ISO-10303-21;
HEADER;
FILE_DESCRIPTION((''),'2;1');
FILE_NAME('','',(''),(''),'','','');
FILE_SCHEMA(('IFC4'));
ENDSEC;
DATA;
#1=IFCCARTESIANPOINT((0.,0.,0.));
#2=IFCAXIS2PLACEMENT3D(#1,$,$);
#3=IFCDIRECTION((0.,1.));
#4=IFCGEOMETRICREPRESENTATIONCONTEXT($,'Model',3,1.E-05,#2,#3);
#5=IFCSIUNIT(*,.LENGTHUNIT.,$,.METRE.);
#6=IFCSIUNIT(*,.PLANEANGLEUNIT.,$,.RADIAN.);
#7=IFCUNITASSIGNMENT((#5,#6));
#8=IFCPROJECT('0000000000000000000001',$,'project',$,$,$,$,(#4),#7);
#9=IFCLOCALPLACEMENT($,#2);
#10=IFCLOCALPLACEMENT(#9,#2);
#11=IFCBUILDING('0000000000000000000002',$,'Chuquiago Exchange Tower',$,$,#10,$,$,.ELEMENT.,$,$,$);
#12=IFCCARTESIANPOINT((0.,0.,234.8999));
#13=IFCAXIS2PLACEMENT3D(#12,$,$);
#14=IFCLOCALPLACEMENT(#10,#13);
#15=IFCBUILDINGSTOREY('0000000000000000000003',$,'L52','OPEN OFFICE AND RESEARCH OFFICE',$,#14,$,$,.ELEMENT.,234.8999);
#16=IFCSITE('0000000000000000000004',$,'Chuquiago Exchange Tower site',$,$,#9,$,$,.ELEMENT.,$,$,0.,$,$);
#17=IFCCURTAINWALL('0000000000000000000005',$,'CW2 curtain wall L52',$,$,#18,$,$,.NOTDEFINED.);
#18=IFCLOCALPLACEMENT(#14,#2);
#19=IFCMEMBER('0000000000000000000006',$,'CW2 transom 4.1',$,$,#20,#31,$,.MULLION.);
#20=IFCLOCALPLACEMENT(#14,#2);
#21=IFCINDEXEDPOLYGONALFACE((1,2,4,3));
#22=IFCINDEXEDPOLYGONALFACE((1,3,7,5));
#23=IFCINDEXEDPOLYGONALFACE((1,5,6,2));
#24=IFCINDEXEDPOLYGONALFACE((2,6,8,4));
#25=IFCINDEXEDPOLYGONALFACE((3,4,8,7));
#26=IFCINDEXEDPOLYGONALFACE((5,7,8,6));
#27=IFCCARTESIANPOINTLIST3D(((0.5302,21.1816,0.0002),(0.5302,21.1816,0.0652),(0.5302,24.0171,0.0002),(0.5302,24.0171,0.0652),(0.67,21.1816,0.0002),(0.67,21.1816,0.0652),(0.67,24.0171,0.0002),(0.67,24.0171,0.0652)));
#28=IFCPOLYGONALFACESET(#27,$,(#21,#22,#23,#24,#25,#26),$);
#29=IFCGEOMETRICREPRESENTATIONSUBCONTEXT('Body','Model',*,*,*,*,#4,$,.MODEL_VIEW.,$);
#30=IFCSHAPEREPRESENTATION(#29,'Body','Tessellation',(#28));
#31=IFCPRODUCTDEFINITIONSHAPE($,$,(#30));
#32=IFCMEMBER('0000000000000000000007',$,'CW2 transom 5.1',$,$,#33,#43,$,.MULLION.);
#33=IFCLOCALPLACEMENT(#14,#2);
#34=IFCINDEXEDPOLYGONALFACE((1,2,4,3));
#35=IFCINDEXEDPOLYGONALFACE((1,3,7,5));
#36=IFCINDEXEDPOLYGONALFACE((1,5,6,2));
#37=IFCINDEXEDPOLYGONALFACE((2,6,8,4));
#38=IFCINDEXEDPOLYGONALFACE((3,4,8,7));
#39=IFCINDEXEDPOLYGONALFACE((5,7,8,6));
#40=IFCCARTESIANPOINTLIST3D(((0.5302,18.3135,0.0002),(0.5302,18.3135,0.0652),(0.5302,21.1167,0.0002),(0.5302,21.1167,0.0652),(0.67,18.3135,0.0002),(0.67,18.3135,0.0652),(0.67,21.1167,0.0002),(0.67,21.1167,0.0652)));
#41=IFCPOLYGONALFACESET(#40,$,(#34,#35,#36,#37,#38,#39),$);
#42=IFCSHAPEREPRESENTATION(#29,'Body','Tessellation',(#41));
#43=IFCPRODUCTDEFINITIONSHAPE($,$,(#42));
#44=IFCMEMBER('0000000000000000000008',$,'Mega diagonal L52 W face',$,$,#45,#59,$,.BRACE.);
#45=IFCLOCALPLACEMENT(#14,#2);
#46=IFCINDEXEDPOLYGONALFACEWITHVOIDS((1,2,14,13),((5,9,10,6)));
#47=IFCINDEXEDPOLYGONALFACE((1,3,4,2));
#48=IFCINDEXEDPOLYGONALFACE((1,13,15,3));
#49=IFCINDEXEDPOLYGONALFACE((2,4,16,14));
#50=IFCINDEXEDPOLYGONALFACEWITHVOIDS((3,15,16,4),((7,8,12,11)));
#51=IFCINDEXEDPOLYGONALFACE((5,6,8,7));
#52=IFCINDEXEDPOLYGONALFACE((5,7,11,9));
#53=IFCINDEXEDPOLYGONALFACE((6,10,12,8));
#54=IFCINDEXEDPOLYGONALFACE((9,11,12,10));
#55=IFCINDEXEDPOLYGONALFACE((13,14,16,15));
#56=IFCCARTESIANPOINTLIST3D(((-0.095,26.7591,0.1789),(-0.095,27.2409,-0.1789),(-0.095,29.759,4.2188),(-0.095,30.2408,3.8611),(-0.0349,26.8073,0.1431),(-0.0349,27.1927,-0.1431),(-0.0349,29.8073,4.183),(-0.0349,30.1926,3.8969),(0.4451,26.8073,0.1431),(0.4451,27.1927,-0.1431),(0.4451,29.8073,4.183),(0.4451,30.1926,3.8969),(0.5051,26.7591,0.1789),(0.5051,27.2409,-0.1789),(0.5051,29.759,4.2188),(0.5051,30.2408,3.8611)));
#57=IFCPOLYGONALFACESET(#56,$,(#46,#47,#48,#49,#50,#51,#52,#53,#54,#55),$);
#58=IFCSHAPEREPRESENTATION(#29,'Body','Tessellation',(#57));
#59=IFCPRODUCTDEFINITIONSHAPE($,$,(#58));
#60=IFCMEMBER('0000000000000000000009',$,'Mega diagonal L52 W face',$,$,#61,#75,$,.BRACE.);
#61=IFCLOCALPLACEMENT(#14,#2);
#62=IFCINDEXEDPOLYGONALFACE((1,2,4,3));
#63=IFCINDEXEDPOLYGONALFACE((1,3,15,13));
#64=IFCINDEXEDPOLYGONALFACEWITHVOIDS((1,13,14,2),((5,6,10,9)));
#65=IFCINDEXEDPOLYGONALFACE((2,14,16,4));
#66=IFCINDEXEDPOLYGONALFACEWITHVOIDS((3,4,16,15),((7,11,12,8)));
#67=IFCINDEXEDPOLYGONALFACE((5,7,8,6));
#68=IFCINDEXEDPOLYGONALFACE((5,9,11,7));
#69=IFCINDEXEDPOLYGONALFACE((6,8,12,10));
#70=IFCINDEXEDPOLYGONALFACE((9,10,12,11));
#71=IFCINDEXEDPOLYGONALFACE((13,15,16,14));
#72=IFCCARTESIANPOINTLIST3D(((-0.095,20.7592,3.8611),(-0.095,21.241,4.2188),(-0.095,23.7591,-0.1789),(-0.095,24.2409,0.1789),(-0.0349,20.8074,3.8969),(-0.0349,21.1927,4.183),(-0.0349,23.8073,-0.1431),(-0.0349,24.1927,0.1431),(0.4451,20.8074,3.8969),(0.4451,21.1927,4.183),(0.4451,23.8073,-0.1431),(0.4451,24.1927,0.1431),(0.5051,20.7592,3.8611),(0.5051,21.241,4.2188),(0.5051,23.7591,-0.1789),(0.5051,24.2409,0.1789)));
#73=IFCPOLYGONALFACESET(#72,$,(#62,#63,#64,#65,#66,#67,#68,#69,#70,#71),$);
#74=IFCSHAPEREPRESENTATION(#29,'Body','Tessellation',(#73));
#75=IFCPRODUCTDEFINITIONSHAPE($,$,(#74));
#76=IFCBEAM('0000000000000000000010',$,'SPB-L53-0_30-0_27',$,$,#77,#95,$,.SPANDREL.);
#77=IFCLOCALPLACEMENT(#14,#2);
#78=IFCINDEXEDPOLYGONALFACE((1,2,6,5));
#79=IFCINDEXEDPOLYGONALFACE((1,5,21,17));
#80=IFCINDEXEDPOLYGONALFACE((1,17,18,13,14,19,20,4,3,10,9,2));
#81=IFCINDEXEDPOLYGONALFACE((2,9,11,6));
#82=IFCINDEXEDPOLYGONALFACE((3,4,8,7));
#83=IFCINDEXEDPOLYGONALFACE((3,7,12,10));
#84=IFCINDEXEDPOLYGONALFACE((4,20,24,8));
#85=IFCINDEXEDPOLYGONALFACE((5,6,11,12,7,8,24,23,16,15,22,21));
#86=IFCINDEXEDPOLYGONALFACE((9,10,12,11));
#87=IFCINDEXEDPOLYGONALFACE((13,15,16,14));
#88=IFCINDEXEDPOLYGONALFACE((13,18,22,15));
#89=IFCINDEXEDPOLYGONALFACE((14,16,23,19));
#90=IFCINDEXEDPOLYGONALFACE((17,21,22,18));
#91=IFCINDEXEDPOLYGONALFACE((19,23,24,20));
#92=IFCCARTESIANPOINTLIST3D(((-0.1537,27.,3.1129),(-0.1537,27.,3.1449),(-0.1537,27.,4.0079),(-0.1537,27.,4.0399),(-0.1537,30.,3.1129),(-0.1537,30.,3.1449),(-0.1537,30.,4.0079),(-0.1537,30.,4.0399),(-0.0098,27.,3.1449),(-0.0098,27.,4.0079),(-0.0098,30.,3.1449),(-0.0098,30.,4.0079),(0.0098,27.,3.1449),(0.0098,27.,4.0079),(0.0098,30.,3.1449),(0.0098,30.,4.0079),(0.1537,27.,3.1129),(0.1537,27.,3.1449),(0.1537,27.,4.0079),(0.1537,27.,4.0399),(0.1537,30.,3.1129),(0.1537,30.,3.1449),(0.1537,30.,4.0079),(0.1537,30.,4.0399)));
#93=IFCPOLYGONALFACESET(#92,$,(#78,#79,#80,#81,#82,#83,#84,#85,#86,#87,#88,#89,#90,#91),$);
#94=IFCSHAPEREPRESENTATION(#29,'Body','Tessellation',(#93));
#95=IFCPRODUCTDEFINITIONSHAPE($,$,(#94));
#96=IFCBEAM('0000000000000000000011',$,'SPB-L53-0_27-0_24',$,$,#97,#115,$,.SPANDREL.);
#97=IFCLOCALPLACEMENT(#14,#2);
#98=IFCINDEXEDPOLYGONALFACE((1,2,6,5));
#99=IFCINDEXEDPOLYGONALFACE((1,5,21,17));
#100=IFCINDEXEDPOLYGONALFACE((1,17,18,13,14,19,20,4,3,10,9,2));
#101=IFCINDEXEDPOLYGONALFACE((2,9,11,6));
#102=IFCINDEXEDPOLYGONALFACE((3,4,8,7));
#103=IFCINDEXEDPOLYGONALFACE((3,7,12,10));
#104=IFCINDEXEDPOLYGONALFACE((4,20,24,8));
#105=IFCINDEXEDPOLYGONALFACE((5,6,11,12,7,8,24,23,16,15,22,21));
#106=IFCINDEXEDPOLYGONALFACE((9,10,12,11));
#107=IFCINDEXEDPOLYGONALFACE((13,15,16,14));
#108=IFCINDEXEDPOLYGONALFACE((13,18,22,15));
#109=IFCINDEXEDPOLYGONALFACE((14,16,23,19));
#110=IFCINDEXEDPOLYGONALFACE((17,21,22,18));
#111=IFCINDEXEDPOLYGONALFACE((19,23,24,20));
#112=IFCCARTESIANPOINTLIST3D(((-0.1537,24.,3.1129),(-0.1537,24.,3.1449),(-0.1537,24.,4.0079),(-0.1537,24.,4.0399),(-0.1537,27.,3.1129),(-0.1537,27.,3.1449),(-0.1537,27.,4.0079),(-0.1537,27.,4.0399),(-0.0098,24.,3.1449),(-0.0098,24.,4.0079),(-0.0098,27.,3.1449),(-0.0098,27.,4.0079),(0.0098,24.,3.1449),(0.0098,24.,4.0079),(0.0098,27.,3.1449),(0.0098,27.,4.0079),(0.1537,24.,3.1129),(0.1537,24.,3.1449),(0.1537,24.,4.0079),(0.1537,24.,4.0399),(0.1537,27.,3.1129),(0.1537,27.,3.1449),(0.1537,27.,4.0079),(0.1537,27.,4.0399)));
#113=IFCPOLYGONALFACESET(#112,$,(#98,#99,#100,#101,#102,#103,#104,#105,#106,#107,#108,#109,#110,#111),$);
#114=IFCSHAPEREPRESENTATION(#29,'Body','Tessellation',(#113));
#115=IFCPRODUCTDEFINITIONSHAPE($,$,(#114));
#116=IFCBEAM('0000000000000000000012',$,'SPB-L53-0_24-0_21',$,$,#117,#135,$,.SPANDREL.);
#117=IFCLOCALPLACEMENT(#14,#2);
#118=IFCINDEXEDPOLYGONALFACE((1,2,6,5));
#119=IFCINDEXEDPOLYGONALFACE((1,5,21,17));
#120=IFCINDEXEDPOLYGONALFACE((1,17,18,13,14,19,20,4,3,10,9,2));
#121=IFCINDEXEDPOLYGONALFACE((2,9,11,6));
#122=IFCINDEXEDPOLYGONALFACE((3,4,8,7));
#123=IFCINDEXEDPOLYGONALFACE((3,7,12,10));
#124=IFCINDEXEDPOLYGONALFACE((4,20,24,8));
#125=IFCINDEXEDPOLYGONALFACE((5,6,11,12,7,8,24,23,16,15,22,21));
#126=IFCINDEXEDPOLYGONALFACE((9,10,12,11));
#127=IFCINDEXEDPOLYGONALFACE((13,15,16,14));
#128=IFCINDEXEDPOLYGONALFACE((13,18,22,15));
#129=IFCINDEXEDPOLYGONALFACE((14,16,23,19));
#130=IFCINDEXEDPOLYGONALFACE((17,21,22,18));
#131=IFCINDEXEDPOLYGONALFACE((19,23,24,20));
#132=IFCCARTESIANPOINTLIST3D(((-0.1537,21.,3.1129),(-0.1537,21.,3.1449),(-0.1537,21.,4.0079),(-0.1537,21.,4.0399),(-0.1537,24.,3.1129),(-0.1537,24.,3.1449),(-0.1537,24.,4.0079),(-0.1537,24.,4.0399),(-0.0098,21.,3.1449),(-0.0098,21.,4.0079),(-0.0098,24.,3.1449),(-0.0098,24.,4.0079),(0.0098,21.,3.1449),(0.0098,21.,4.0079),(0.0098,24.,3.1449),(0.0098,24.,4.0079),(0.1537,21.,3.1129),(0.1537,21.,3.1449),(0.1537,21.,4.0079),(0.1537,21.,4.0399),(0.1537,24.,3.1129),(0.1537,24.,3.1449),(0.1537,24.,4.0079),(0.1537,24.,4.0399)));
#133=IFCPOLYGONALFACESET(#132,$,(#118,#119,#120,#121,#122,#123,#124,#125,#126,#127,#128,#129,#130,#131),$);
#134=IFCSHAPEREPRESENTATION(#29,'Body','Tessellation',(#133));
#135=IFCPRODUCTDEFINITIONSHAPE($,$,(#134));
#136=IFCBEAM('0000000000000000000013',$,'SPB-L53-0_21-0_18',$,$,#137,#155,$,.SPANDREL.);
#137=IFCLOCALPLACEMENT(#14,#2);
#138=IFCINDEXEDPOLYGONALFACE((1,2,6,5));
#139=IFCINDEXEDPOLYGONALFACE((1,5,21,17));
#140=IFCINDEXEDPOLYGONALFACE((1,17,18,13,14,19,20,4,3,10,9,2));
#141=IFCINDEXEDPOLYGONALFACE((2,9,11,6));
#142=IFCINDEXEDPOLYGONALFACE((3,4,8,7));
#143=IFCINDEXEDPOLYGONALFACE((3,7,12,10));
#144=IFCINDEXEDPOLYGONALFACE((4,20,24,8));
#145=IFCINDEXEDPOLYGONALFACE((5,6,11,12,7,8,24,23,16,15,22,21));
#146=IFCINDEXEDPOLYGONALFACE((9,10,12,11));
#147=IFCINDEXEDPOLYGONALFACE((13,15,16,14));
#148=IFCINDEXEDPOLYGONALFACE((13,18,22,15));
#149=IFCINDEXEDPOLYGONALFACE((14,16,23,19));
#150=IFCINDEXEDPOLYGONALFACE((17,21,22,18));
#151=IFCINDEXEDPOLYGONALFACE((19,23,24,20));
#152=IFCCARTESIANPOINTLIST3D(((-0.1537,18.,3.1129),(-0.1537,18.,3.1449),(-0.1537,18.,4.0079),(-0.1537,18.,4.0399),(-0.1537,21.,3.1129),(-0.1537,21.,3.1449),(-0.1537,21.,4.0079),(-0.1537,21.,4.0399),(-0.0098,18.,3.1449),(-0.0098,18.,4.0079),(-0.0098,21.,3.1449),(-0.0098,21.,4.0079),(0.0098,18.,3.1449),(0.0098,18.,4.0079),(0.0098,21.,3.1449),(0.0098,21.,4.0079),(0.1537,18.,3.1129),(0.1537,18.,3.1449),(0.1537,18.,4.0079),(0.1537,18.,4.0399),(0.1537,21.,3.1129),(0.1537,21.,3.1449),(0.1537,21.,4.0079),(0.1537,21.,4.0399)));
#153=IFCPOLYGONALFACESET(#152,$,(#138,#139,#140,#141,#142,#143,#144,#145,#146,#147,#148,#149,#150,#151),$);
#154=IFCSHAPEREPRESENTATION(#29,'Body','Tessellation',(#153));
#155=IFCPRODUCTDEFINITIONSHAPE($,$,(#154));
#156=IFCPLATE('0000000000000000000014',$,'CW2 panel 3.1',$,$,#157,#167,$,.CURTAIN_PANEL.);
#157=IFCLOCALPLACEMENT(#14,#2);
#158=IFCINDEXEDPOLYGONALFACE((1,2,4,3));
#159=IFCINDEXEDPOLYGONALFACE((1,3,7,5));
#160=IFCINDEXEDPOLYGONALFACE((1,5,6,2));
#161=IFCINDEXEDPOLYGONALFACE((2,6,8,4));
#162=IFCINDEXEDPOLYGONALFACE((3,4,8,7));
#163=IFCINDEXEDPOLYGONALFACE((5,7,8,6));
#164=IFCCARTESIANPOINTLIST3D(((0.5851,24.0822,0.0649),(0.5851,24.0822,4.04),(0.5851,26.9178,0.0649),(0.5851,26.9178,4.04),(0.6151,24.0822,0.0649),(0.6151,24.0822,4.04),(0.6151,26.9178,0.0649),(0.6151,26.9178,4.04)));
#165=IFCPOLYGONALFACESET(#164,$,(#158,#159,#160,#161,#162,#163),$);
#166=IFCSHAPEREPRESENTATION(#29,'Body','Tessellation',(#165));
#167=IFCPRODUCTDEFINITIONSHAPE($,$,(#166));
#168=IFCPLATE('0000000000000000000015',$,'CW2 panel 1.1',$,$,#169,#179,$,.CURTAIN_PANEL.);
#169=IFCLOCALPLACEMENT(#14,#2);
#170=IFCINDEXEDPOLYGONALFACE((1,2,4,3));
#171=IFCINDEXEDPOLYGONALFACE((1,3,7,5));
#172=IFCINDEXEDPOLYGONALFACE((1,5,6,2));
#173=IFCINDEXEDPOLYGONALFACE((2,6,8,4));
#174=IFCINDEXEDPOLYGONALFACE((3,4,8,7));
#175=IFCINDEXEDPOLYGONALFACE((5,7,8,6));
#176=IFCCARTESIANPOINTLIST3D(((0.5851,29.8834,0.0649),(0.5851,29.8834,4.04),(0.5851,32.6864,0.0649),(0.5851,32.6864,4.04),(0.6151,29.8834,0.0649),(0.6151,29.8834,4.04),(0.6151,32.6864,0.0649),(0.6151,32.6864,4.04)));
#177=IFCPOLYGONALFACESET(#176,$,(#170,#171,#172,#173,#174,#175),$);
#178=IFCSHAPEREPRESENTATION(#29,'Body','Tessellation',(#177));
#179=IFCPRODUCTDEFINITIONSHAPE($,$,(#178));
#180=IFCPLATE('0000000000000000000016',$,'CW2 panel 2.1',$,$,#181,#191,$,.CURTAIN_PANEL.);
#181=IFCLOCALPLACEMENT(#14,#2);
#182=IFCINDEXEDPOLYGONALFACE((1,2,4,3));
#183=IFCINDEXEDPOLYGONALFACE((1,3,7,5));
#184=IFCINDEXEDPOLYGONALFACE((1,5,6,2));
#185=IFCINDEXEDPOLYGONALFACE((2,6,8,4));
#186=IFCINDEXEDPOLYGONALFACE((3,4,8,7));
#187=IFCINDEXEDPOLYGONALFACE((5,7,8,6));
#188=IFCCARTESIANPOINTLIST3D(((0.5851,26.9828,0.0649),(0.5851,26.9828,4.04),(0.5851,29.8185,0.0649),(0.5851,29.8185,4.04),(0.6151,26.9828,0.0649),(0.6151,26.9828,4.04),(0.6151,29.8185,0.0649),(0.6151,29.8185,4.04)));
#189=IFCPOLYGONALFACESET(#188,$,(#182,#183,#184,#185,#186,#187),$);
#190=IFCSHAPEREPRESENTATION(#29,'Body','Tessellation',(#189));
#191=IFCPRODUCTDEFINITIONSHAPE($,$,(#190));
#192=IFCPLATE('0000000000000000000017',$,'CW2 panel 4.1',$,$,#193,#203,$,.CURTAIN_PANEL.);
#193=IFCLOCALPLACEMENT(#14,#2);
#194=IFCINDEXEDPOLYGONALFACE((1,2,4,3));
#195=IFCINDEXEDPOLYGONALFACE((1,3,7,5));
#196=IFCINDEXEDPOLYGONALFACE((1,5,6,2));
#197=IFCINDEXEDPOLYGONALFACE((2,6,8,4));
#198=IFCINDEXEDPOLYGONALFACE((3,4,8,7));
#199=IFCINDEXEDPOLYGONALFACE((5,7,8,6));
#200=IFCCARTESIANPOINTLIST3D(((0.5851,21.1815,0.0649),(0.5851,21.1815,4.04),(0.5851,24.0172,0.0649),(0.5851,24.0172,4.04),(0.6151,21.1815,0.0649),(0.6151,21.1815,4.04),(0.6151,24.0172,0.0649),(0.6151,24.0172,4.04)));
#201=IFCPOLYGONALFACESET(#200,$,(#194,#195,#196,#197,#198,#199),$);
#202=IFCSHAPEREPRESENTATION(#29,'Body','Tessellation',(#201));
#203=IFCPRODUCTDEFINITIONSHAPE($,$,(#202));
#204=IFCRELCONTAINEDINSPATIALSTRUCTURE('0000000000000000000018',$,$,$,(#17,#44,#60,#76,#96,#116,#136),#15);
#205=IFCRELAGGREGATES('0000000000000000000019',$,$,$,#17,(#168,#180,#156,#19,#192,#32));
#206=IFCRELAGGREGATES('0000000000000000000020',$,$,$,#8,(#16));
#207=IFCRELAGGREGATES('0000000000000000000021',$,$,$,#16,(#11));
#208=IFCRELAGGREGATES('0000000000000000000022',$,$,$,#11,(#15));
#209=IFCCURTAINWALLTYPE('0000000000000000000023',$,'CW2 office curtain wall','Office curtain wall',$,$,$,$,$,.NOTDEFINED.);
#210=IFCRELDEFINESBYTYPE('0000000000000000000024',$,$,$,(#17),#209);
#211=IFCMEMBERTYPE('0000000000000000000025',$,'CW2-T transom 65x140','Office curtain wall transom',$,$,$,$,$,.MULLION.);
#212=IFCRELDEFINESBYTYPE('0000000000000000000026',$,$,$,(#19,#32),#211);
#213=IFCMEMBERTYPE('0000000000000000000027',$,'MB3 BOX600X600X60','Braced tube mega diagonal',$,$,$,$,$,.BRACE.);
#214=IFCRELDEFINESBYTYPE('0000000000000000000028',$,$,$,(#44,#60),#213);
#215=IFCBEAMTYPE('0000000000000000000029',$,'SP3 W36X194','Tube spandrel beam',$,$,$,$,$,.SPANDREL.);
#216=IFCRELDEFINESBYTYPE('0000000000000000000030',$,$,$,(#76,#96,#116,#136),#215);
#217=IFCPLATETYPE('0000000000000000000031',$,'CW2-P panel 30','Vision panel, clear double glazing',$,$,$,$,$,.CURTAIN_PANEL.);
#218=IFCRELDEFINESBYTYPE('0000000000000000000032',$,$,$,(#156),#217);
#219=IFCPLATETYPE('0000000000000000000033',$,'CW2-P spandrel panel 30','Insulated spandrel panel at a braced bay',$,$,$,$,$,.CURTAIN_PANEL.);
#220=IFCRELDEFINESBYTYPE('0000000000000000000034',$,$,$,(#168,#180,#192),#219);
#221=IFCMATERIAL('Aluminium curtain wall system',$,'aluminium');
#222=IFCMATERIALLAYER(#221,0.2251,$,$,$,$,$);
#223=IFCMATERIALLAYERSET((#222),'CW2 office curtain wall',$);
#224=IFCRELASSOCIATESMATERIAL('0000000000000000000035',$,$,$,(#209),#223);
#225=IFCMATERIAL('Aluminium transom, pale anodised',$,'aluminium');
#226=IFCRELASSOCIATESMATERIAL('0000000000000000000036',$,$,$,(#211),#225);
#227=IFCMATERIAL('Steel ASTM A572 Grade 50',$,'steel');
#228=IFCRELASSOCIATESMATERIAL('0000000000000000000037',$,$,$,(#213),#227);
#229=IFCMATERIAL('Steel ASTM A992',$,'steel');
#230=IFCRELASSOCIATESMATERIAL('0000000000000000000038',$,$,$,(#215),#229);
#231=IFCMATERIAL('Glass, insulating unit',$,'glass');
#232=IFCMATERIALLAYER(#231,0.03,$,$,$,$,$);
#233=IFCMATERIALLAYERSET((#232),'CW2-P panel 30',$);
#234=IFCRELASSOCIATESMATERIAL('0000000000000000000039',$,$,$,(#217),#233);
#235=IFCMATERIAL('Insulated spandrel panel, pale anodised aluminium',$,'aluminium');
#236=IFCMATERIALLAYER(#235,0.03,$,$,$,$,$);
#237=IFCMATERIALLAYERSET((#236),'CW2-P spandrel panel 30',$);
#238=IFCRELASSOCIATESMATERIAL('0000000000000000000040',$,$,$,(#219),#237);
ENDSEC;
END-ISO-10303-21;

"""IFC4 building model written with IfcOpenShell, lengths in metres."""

from ifc_helpers import new_model, si_unit, direction, frame, origin, origin_2d, place, context, subcontext, project, spatial, rectangle, hollow_rectangle, i_section, extrude, material, layer, layer_set, material_profile, profile_set, type_object, element, aggregate, save


model = new_model("IFC4")

# Units and contexts
model_context = context("Model", 3, precision=1e-05, world=origin(), true_north=direction((0.0, 1.0)))
body_context = subcontext(model_context, "Body", "Model", "MODEL_VIEW")
ifc_project = project(units=[si_unit("LENGTHUNIT", "METRE"), si_unit("PLANEANGLEUNIT", "RADIAN")], contexts=[model_context])

# Site, building, storey
site_placement = place(None, origin())
site = spatial("IfcSite", under=ifc_project, at=site_placement, Name="Chuquiago Exchange Tower site", CompositionType="ELEMENT", RefElevation=0.0)
building_placement = place(site_placement, origin())
building = spatial("IfcBuilding", under=site, at=building_placement, Name="Chuquiago Exchange Tower", CompositionType="ELEMENT")
storey_placement = place(building_placement, frame((0.0, 0.0, 234.8999)))
storey = spatial("IfcBuildingStorey", under=building, at=storey_placement, Name="L52", Description="OPEN OFFICE AND RESEARCH OFFICE", CompositionType="ELEMENT", Elevation=234.8999)

# Curtain wall, members
ifc_material_1 = material(Name="Aluminium curtain wall system", Category="aluminium")
ifc_layer_1 = layer(ifc_material_1, 0.2251)
ifc_layer_set_1 = layer_set([ifc_layer_1], Name="CW2 office curtain wall")
curtain_wall_type = type_object("IfcCurtainWallType", Name="CW2 office curtain wall", Description="Office curtain wall", PredefinedType="NOTDEFINED", material=ifc_layer_set_1)
curtain_wall_placement = place(storey_placement, origin())
curtain_wall = element("IfcCurtainWall", 1, at=curtain_wall_placement, inside=storey, type_object=curtain_wall_type, Name="CW2 curtain wall L52", PredefinedType="NOTDEFINED")
ifc_material_2 = material(Name="Aluminium transom, pale anodised", Category="aluminium")
ifc_material_profile_1 = material_profile(ifc_material_2, rectangle(XDim=0.1399, YDim=0.0649, at=origin_2d()), Name="AL 140x65")
ifc_profile_set_1 = profile_set([ifc_material_profile_1], Name="Aluminium transom, pale anodised")
member_type_1 = type_object("IfcMemberType", Name="CW2-T transom 65x140", Description="Office curtain wall transom", PredefinedType="MULLION", material=ifc_profile_set_1)
member_1_placement = place(storey_placement, frame((0.6001, 24.0171, 0.0327), z_axis=(0.0, -1.0, 0.0), x_axis=(1.0, 0.0, 0.0)))
member_1 = element("IfcMember", 2, at=member_1_placement, type_object=member_type_1, Name="CW2 transom 4.1", PredefinedType="MULLION", context=body_context, shape_type="SweptSolid", body=[
    extrude(rectangle(XDim=0.1399, YDim=0.0649, at=origin_2d()), origin(), (0.0, 0.0, 1.0), 2.8354),
])
member_2_placement = place(storey_placement, frame((0.6001, 21.1167, 0.0327), z_axis=(0.0, -1.0, 0.0), x_axis=(1.0, 0.0, 0.0)))
member_2 = element("IfcMember", 3, at=member_2_placement, type_object=member_type_1, Name="CW2 transom 5.1", PredefinedType="MULLION", context=body_context, shape_type="SweptSolid", body=[
    extrude(rectangle(XDim=0.1399, YDim=0.0649, at=origin_2d()), origin(), (0.0, 0.0, 1.0), 2.8032),
])

# Members
ifc_material_3 = material(Name="Steel ASTM A572 Grade 50", Category="steel")
ifc_material_profile_2 = material_profile(ifc_material_3, hollow_rectangle(XDim=0.6001, YDim=0.6001, WallThickness=0.0601, at=origin_2d()), Name="BOX600X600X60")
ifc_profile_set_2 = profile_set([ifc_material_profile_2], Name="Steel ASTM A572 Grade 50")
member_type_2 = type_object("IfcMemberType", Name="MB3 BOX600X600X60", Description="Braced tube mega diagonal", PredefinedType="BRACE", material=ifc_profile_set_2)
for number, where, z_axis, x_axis, name in (
    (4, (0.2051, 27.0, 0.0), (0.0, 0.596174, 0.802855), (-1.0, 0.0, 0.0), "Mega diagonal L52 W face"),
    (5, (0.2051, 24.0, 0.0), (0.0, -0.596174, 0.802855), (1.0, 0.0, 0.0), "Mega diagonal L52 W face"),
):
    element("IfcMember", number, at=place(storey_placement, frame(where, z_axis=z_axis, x_axis=x_axis)), inside=storey, type_object=member_type_2, Name=name, PredefinedType="BRACE", context=body_context, shape_type="SweptSolid", body=[
        extrude(hollow_rectangle(XDim=0.6001, YDim=0.6001, WallThickness=0.0601, at=origin_2d()), origin(), (0.0, 0.0, 1.0), 5.032),
    ])

# Beams
ifc_material_4 = material(Name="Steel ASTM A992", Category="steel")
ifc_material_profile_3 = material_profile(ifc_material_4, i_section(OverallWidth=0.3074, OverallDepth=0.927, WebThickness=0.0195, FlangeThickness=0.032, at=origin_2d()), Name="W36X194")
ifc_profile_set_3 = profile_set([ifc_material_profile_3], Name="Steel ASTM A992")
beam_type = type_object("IfcBeamType", Name="SP3 W36X194", Description="Tube spandrel beam", PredefinedType="SPANDREL", material=ifc_profile_set_3)
for number, where, z_axis, x_axis, name in (
    (6, (0.0, 30.0, 3.5764), (0.0, -1.0, 0.0), (1.0, 0.0, 0.0), "SPB-L53-0_30-0_27"),
    (7, (0.0, 27.0, 3.5764), (0.0, -1.0, 0.0), (1.0, 0.0, 0.0), "SPB-L53-0_27-0_24"),
    (8, (0.0, 24.0, 3.5764), (0.0, -1.0, 0.0), (1.0, 0.0, 0.0), "SPB-L53-0_24-0_21"),
    (9, (0.0, 21.0, 3.5764), (0.0, -1.0, 0.0), (1.0, 0.0, 0.0), "SPB-L53-0_21-0_18"),
):
    element("IfcBeam", number, at=place(storey_placement, frame(where, z_axis=z_axis, x_axis=x_axis)), inside=storey, type_object=beam_type, Name=name, PredefinedType="SPANDREL", context=body_context, shape_type="SweptSolid", body=[
        extrude(i_section(OverallWidth=0.3074, OverallDepth=0.927, WebThickness=0.0195, FlangeThickness=0.032, at=origin_2d()), origin(), (0.0, 0.0, 1.0), 3.0),
    ])

# Plates
ifc_material_5 = material(Name="Glass, insulating unit", Category="glass")
ifc_layer_2 = layer(ifc_material_5, 0.03)
ifc_layer_set_2 = layer_set([ifc_layer_2], Name="CW2-P panel 30")
plate_type_1 = type_object("IfcPlateType", Name="CW2-P panel 30", Description="Vision panel, clear double glazing", PredefinedType="CURTAIN_PANEL", material=ifc_layer_set_2)
plate_1_placement = place(storey_placement, frame((0.6001, 25.5, 0.0649), z_axis=(0.0, 0.0, 1.0), x_axis=(0.0, -1.0, 0.0)))
plate_1 = element("IfcPlate", 10, at=plate_1_placement, type_object=plate_type_1, Name="CW2 panel 3.1", PredefinedType="CURTAIN_PANEL", context=body_context, shape_type="SweptSolid", body=[
    extrude(rectangle(XDim=2.8357, YDim=0.03, at=origin_2d()), origin(), (0.0, 0.0, 1.0), 3.9751),
])
ifc_material_6 = material(Name="Insulated spandrel panel, pale anodised aluminium", Category="aluminium")
ifc_layer_3 = layer(ifc_material_6, 0.03)
ifc_layer_set_3 = layer_set([ifc_layer_3], Name="CW2-P spandrel panel 30")
plate_type_2 = type_object("IfcPlateType", Name="CW2-P spandrel panel 30", Description="Insulated spandrel panel at a braced bay", PredefinedType="CURTAIN_PANEL", material=ifc_layer_set_3)
plate_2_placement = place(storey_placement, frame((0.6001, 31.2849, 0.0649), z_axis=(0.0, 0.0, 1.0), x_axis=(0.0, -1.0, 0.0)))
plate_2 = element("IfcPlate", 11, at=plate_2_placement, type_object=plate_type_2, Name="CW2 panel 1.1", PredefinedType="CURTAIN_PANEL", context=body_context, shape_type="SweptSolid", body=[
    extrude(rectangle(XDim=2.803, YDim=0.03, at=origin_2d()), origin(), (0.0, 0.0, 1.0), 3.9751),
])
plate_3_placement = place(storey_placement, frame((0.6001, 28.4006, 0.0649), z_axis=(0.0, 0.0, 1.0), x_axis=(0.0, -1.0, 0.0)))
plate_3 = element("IfcPlate", 12, at=plate_3_placement, type_object=plate_type_2, Name="CW2 panel 2.1", PredefinedType="CURTAIN_PANEL", context=body_context, shape_type="SweptSolid", body=[
    extrude(rectangle(XDim=2.8357, YDim=0.03, at=origin_2d()), origin(), (0.0, 0.0, 1.0), 3.9751),
])
plate_4_placement = place(storey_placement, frame((0.6001, 22.5994, 0.0649), z_axis=(0.0, 0.0, 1.0), x_axis=(0.0, -1.0, 0.0)))
plate_4 = element("IfcPlate", 13, at=plate_4_placement, type_object=plate_type_2, Name="CW2 panel 4.1", PredefinedType="CURTAIN_PANEL", context=body_context, shape_type="SweptSolid", body=[
    extrude(rectangle(XDim=2.8357, YDim=0.03, at=origin_2d()), origin(), (0.0, 0.0, 1.0), 3.9751),
])
aggregate(curtain_wall, [plate_2, plate_3, plate_1, member_1, plate_4, member_2])

save(model, "model.ifc")
